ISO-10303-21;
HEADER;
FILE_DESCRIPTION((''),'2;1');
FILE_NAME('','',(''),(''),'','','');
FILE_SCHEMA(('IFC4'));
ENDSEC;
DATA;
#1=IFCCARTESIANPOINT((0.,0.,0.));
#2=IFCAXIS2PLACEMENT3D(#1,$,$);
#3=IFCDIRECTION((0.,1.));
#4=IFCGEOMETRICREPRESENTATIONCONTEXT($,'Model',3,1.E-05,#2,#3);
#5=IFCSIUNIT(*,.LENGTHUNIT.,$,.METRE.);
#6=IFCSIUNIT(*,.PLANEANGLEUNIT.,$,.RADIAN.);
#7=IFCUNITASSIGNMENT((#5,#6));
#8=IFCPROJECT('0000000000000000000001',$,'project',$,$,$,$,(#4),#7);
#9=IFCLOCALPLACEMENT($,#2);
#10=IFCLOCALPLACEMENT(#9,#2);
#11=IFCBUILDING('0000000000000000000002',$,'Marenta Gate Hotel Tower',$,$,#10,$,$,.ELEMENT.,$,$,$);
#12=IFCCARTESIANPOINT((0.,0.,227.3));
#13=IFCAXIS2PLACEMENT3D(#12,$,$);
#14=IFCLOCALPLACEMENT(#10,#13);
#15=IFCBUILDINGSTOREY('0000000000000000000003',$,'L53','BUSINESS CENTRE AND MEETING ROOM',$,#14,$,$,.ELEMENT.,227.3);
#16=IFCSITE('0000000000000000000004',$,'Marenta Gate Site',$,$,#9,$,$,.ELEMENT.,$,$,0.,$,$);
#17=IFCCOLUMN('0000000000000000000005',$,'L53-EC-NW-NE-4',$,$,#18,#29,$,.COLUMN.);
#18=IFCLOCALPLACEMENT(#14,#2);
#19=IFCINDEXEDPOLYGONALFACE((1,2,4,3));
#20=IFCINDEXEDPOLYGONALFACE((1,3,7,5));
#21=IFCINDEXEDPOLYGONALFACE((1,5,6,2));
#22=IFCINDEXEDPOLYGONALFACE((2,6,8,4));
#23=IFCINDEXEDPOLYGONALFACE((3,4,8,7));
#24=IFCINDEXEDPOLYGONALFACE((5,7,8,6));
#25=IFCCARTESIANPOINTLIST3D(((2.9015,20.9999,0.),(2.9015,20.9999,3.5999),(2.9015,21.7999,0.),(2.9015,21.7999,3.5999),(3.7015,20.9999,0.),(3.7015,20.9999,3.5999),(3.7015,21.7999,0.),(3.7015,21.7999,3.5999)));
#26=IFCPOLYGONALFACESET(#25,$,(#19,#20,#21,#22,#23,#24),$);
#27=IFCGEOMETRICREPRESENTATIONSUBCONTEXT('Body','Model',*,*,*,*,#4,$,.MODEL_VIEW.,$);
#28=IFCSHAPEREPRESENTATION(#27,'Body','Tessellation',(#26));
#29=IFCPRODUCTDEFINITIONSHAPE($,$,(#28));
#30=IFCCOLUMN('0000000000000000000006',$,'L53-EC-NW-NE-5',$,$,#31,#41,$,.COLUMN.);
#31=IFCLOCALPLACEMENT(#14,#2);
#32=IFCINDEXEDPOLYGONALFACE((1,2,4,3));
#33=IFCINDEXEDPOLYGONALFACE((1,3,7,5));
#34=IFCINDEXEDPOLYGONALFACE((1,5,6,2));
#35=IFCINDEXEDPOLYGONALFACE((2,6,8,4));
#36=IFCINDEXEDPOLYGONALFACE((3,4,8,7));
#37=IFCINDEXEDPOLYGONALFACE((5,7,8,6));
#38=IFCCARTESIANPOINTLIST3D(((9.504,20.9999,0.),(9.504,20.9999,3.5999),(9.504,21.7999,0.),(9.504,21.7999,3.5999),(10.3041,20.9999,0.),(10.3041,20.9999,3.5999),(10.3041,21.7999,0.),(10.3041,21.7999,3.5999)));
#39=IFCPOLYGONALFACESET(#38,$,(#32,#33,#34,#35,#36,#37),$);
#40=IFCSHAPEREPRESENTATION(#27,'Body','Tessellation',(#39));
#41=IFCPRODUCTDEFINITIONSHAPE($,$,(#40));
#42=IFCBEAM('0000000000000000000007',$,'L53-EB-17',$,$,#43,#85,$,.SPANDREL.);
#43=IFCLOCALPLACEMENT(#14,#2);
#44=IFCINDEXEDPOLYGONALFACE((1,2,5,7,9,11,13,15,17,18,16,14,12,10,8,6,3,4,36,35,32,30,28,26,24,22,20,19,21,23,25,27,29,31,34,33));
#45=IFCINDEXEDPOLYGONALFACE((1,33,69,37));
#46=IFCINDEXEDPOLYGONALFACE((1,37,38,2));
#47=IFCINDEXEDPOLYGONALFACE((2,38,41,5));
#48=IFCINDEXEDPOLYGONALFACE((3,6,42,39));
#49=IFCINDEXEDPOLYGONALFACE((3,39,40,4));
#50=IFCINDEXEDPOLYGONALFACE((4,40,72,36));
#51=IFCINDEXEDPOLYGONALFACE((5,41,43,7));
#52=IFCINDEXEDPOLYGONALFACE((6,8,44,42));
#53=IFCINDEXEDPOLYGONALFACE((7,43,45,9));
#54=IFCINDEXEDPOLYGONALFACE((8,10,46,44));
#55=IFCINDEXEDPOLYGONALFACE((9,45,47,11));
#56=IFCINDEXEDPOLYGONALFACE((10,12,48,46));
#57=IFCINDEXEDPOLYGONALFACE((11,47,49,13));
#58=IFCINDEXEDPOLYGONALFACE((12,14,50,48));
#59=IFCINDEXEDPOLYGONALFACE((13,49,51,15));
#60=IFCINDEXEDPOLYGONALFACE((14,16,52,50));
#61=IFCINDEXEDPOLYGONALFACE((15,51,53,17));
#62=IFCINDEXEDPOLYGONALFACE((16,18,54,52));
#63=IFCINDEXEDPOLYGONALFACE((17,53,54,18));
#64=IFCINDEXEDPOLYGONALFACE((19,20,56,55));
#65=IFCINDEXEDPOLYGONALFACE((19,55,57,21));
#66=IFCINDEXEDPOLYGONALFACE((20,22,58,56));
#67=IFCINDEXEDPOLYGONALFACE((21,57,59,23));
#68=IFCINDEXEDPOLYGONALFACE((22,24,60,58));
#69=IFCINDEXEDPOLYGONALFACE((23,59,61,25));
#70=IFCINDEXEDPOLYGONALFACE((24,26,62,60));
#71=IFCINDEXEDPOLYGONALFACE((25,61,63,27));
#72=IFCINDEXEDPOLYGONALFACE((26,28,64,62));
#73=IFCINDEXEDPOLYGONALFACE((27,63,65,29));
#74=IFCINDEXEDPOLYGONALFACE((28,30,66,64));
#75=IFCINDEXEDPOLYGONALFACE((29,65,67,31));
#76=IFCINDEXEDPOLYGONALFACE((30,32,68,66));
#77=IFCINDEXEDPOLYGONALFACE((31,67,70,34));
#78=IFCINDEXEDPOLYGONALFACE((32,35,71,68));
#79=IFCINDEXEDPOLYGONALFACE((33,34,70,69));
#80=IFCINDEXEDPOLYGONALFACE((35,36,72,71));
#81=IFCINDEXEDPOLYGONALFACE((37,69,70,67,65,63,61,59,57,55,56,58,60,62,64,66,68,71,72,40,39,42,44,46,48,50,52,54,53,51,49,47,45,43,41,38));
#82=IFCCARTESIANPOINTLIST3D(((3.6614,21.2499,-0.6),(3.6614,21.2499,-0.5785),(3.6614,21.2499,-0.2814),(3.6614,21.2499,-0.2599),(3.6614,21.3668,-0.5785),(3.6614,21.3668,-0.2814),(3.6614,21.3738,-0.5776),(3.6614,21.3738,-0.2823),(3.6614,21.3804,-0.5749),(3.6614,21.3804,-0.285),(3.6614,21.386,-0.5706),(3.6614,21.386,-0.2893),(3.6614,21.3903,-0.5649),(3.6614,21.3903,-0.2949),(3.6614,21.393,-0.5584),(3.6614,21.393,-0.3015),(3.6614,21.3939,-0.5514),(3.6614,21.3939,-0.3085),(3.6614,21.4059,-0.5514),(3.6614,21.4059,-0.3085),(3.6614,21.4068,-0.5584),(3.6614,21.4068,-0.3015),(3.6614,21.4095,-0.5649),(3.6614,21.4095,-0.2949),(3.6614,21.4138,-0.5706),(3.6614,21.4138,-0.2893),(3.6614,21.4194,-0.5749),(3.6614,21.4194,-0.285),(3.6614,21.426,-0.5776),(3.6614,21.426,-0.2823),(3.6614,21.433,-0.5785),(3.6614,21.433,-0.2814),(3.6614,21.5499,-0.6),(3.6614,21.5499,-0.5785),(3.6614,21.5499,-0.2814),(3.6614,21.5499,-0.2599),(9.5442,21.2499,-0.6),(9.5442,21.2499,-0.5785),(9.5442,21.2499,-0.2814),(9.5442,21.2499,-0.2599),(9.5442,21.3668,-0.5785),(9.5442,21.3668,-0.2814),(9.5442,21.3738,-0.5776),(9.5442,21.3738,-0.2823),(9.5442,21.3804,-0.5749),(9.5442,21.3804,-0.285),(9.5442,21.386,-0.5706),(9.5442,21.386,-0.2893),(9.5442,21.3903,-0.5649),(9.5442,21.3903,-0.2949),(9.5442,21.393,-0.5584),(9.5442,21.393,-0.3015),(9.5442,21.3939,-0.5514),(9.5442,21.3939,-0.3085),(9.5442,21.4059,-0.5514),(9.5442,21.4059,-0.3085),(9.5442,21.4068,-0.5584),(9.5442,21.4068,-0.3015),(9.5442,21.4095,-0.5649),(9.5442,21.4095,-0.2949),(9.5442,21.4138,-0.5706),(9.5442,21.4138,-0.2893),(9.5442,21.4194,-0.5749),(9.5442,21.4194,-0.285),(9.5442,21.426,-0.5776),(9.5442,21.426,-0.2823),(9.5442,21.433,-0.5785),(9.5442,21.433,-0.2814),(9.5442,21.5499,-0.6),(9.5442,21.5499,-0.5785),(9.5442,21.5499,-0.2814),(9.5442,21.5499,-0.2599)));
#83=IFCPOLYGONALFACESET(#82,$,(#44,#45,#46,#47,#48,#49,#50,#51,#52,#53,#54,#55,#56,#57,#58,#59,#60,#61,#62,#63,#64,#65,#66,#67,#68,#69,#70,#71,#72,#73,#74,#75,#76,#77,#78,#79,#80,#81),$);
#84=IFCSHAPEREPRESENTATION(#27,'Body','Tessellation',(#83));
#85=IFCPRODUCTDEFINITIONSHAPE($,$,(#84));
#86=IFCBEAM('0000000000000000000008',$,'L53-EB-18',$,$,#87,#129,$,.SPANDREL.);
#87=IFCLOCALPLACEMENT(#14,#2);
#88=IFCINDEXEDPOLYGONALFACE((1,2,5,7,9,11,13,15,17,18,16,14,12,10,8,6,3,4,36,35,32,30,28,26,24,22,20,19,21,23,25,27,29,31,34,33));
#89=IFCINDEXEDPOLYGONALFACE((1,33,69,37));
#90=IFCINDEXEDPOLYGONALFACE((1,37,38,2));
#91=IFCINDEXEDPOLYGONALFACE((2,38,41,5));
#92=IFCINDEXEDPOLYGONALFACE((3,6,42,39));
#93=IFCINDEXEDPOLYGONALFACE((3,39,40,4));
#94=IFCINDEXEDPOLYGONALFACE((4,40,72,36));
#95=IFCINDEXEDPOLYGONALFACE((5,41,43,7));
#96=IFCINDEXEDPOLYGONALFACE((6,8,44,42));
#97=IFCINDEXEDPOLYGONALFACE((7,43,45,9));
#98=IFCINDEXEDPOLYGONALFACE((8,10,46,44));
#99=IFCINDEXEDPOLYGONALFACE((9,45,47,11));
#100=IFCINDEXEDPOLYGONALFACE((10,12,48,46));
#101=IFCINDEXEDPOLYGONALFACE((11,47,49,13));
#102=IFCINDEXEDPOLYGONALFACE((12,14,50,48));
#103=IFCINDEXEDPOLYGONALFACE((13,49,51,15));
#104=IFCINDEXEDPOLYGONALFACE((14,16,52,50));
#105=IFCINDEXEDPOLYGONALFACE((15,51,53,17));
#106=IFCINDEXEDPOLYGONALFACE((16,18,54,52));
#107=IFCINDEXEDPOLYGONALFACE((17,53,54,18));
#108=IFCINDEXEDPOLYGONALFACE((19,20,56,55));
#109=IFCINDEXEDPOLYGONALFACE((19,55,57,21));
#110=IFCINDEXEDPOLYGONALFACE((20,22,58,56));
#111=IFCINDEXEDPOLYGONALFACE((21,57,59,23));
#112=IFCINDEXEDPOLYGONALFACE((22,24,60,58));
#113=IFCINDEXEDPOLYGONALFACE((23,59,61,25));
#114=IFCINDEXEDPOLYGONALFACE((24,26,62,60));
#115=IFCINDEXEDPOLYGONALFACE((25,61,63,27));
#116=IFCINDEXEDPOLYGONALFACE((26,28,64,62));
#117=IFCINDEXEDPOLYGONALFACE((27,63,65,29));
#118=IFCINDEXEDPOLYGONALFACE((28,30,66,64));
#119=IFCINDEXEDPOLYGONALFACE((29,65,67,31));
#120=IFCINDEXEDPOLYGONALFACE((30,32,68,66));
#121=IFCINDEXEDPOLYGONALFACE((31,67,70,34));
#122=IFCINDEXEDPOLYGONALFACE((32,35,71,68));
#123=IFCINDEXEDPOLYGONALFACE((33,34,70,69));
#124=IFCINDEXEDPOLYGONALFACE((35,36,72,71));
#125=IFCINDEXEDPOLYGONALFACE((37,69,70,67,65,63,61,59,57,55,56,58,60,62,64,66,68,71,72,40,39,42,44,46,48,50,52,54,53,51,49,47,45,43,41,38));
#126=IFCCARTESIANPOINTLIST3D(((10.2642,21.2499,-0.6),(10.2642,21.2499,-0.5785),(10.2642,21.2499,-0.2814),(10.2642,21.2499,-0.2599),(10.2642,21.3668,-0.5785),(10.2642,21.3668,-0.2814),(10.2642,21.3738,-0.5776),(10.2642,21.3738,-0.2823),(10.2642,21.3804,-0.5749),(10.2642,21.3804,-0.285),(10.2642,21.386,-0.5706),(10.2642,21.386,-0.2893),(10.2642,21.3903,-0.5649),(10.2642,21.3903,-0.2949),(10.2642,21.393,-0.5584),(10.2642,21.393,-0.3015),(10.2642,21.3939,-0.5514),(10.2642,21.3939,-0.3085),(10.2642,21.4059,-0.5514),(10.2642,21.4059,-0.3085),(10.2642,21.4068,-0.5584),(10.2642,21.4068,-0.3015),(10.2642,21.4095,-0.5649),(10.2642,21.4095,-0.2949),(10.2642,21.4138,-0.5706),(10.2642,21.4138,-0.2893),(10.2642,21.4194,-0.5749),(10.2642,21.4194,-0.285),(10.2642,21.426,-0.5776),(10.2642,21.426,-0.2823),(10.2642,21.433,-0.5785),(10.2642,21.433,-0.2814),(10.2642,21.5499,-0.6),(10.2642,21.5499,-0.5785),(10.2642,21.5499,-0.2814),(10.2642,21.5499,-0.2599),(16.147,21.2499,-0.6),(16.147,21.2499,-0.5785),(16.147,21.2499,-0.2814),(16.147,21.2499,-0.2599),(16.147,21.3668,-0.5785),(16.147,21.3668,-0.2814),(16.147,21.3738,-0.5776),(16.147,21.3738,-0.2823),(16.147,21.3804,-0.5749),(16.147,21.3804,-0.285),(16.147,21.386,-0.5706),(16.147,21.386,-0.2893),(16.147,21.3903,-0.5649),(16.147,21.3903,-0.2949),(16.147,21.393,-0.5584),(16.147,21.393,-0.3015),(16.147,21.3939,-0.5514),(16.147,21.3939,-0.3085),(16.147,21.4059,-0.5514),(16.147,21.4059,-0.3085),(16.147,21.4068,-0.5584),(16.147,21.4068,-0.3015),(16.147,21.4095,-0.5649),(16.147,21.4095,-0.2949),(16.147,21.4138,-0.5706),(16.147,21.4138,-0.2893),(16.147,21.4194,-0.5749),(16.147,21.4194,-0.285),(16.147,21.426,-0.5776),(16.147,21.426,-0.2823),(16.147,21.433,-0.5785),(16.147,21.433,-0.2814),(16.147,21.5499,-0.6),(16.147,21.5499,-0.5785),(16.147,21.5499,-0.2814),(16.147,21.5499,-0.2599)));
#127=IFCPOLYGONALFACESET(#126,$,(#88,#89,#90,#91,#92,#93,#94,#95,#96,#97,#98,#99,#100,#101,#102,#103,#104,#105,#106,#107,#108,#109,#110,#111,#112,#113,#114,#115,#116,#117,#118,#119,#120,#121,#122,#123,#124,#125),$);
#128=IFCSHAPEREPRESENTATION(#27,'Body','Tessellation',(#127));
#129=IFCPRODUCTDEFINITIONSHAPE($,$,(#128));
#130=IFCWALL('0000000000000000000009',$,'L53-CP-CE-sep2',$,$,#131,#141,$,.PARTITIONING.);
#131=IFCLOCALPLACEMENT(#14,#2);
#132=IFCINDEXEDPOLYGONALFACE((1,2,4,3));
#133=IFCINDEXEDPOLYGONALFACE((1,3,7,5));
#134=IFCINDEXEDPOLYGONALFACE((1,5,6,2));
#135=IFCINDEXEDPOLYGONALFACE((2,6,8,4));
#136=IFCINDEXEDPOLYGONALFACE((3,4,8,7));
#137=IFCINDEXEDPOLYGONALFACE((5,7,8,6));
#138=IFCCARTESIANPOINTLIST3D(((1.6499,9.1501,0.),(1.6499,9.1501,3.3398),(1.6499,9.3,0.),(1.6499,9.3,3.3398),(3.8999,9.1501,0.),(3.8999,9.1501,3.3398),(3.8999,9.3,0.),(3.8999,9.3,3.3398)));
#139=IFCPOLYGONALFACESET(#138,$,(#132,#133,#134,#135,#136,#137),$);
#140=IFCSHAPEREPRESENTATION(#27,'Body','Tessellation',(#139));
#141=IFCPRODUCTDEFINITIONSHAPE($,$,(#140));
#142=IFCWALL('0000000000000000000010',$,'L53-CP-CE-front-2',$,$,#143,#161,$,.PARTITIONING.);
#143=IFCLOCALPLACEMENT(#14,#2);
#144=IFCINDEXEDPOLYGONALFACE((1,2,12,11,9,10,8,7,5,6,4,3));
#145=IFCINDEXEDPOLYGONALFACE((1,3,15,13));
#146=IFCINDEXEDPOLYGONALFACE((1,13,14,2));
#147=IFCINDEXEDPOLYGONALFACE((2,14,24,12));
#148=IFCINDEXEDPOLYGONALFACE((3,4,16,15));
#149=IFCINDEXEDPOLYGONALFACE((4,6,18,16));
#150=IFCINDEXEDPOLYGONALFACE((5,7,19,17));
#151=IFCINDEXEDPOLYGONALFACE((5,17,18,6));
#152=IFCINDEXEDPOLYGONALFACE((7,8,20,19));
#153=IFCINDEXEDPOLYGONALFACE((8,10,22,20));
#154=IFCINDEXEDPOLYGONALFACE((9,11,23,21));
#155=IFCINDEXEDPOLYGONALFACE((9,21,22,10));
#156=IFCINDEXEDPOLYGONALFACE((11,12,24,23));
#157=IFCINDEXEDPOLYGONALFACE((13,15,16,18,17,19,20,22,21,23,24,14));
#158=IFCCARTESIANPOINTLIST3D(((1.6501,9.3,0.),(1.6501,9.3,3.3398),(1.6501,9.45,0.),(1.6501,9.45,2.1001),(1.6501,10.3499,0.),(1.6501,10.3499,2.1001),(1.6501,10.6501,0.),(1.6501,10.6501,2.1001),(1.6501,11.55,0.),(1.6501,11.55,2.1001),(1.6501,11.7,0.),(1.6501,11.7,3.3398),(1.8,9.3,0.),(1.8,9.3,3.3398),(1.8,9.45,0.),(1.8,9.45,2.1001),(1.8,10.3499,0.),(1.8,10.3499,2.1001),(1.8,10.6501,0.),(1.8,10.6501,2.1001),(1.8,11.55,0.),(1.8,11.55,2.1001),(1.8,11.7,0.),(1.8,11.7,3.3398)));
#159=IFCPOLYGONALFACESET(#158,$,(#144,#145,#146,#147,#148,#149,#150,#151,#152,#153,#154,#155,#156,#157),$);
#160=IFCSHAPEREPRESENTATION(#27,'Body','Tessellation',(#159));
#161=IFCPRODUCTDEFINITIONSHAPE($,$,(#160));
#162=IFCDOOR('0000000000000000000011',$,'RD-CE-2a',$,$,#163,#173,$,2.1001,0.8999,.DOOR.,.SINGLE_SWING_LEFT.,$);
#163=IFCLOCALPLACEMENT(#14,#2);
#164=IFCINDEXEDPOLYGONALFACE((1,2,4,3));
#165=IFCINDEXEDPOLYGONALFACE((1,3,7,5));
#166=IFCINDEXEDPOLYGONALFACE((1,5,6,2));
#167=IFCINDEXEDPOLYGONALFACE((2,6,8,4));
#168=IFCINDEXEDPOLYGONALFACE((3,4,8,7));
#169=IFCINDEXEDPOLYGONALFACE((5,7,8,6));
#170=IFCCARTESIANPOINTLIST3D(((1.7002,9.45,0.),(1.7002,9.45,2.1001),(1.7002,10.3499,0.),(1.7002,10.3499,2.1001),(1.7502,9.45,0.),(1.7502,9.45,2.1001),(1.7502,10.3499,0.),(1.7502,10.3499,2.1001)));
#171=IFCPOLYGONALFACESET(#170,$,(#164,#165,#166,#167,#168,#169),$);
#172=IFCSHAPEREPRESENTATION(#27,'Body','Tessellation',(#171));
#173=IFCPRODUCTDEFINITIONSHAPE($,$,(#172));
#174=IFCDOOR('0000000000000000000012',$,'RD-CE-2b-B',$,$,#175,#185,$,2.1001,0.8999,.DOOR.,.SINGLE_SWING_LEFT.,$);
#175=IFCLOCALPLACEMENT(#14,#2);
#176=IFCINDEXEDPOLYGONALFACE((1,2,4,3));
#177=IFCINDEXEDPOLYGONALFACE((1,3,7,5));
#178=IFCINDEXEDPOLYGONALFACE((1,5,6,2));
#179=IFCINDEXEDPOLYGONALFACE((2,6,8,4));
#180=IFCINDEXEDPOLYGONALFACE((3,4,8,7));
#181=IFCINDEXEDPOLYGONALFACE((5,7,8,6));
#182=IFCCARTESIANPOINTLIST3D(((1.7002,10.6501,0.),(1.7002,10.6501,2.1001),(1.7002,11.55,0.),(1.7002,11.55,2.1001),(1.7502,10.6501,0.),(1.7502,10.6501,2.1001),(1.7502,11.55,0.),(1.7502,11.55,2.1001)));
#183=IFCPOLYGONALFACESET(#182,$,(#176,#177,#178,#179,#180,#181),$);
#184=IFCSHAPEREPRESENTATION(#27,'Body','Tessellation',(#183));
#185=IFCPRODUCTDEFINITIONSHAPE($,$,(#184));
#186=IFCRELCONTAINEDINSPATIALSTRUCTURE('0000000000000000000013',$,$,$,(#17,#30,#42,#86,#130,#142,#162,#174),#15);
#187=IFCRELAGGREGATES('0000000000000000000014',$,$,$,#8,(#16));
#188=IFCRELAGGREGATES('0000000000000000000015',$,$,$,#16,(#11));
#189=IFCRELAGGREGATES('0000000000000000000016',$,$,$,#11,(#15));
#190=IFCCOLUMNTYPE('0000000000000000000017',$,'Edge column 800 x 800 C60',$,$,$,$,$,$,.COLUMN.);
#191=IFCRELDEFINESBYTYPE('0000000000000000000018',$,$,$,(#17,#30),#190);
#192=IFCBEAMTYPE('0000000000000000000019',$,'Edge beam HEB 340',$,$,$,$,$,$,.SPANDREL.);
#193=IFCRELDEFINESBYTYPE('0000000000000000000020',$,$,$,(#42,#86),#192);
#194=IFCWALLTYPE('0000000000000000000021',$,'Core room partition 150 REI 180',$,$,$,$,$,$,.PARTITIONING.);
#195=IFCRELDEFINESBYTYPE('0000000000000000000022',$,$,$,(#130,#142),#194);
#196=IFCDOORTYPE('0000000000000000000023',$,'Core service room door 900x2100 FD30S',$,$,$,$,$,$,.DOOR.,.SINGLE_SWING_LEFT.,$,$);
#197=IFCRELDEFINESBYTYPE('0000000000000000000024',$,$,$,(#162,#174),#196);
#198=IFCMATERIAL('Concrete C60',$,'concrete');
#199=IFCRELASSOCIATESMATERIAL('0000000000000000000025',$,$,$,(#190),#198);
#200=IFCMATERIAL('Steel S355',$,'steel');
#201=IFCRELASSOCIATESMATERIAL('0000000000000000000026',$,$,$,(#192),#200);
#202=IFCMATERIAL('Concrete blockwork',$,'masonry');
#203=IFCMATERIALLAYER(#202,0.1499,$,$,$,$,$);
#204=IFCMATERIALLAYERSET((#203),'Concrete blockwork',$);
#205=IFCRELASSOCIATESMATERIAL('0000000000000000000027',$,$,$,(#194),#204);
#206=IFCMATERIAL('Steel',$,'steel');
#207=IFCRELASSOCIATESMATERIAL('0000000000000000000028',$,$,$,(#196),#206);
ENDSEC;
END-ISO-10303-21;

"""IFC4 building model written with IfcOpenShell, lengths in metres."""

from ifc_helpers import new_model, si_unit, direction, frame, frame_2d, origin, origin_2d, place, context, subcontext, project, spatial, rectangle, i_section, extrude, material, layer, layer_set, material_profile, profile_set, type_object, element, fill, save


model = new_model("IFC4")

# Units and contexts
model_context = context("Model", 3, precision=1e-05, world=origin(), true_north=direction((0.0, 1.0)))
body_context = subcontext(model_context, "Body", "Model", "MODEL_VIEW")
ifc_project = project(units=[si_unit("LENGTHUNIT", "METRE"), si_unit("PLANEANGLEUNIT", "RADIAN")], contexts=[model_context])

# Site, building, storey
site_placement = place(None, origin())
site = spatial("IfcSite", under=ifc_project, at=site_placement, Name="Marenta Gate Site", CompositionType="ELEMENT", RefElevation=0.0)
building_placement = place(site_placement, origin())
building = spatial("IfcBuilding", under=site, at=building_placement, Name="Marenta Gate Hotel Tower", CompositionType="ELEMENT")
storey_placement = place(building_placement, frame((0.0, 0.0, 227.3)))
storey = spatial("IfcBuildingStorey", under=building, at=storey_placement, Name="L53", Description="BUSINESS CENTRE AND MEETING ROOM", CompositionType="ELEMENT", Elevation=227.3)

# Columns
ifc_material_1 = material(Name="Concrete C60", Category="concrete")
ifc_material_profile_1 = material_profile(ifc_material_1, rectangle(XDim=0.8, YDim=0.8, at=origin_2d()), Name="800 x 800")
ifc_profile_set_1 = profile_set([ifc_material_profile_1], Name="Concrete C60")
column_type = type_object("IfcColumnType", Name="Edge column 800 x 800 C60", PredefinedType="COLUMN", material=ifc_profile_set_1)
for number, where, z_axis, x_axis, name in (
    (1, (3.3015, 21.3999, 0.0), (0.0, 0.0, 1.0), (1.0, 0.0, 0.0), "L53-EC-NW-NE-4"),
    (2, (9.9041, 21.3999, 0.0), (0.0, 0.0, 1.0), (1.0, 0.0, 0.0), "L53-EC-NW-NE-5"),
):
    element("IfcColumn", number, at=place(storey_placement, frame(where, z_axis=z_axis, x_axis=x_axis)), inside=storey, type_object=column_type, Name=name, PredefinedType="COLUMN", context=body_context, shape_type="SweptSolid", body=[
        extrude(rectangle(XDim=0.8, YDim=0.8, at=origin_2d()), origin(), (0.0, 0.0, 1.0), 3.5999),
    ])

# Beams
ifc_material_2 = material(Name="Steel S355", Category="steel")
ifc_material_profile_2 = material_profile(ifc_material_2, i_section(OverallWidth=0.3, OverallDepth=0.3401, WebThickness=0.012, FlangeThickness=0.0215, FilletRadius=0.0271, at=origin_2d()), Name="HEB 340")
ifc_profile_set_2 = profile_set([ifc_material_profile_2], Name="Steel S355")
beam_type = type_object("IfcBeamType", Name="Edge beam HEB 340", PredefinedType="SPANDREL", material=ifc_profile_set_2)
for number, where, z_axis, x_axis, name in (
    (3, (3.6614, 21.3999, -0.4299), (1.0, 0.0, 0.0), (0.0, 1.0, 0.0), "L53-EB-17"),
    (4, (10.2642, 21.3999, -0.4299), (1.0, 0.0, 0.0), (0.0, 1.0, 0.0), "L53-EB-18"),
):
    element("IfcBeam", number, at=place(storey_placement, frame(where, z_axis=z_axis, x_axis=x_axis)), inside=storey, type_object=beam_type, Name=name, PredefinedType="SPANDREL", context=body_context, shape_type="SweptSolid", body=[
        extrude(i_section(OverallWidth=0.3, OverallDepth=0.3401, WebThickness=0.012, FlangeThickness=0.0215, FilletRadius=0.0271, at=origin_2d()), origin(), (0.0, 0.0, 1.0), 5.8828),
    ])

# Wall
ifc_material_3 = material(Name="Concrete blockwork", Category="masonry")
ifc_layer_1 = layer(ifc_material_3, 0.1499)
ifc_layer_set_1 = layer_set([ifc_layer_1], Name="Concrete blockwork")
wall_type_1 = type_object("IfcWallType", Name="Core room partition 150 REI 180", PredefinedType="PARTITIONING", material=ifc_layer_set_1)
wall_1_placement = place(storey_placement, frame((1.6499, 9.2251, 0.0), z_axis=(0.0, 0.0, 1.0), x_axis=(1.0, 0.0, 0.0)))
element("IfcWall", 5, at=wall_1_placement, inside=storey, type_object=wall_type_1, Name="L53-CP-CE-sep2", PredefinedType="PARTITIONING", context=body_context, shape_type="SweptSolid", body=[
    extrude(rectangle(XDim=2.25, YDim=0.1499, at=frame_2d((1.125, 0.0))), origin(), (0.0, 0.0, 1.0), 3.3398),
])

# Wall, openings, doors
wall_2_placement = place(storey_placement, frame((1.7251, 9.3, 0.0), z_axis=(0.0, 0.0, 1.0), x_axis=(0.0, 1.0, 0.0)))
wall_2 = element("IfcWall", 6, at=wall_2_placement, inside=storey, type_object=wall_type_1, Name="L53-CP-CE-front-2", PredefinedType="PARTITIONING", context=body_context, shape_type="SweptSolid", body=[
    extrude(rectangle(XDim=2.3999, YDim=0.1499, at=frame_2d((1.2, 0.0))), origin(), (0.0, 0.0, 1.0), 3.3398),
])
opening_1_placement = place(wall_2_placement, frame((0.1499, 0.0, 0.0)))
opening_1 = element("IfcOpeningElement", 7, at=opening_1_placement, cuts=wall_2, PredefinedType="OPENING", context=body_context, shape_type="SweptSolid", body=[
    extrude(rectangle(XDim=0.8999, YDim=2.1001, at=frame_2d((0.45, 1.05))), frame((0.0, 0.075, 0.0), z_axis=(0.0, -1.0, 0.0), x_axis=(1.0, 0.0, 0.0)), (0.0, 0.0, 1.0), 0.1499),
])
opening_2_placement = place(wall_2_placement, frame((1.3501, 0.0, 0.0)))
opening_2 = element("IfcOpeningElement", 8, at=opening_2_placement, cuts=wall_2, PredefinedType="OPENING", context=body_context, shape_type="SweptSolid", body=[
    extrude(rectangle(XDim=0.8999, YDim=2.1001, at=frame_2d((0.45, 1.05))), frame((0.0, 0.075, 0.0), z_axis=(0.0, -1.0, 0.0), x_axis=(1.0, 0.0, 0.0)), (0.0, 0.0, 1.0), 0.1499),
])
ifc_material_4 = material(Name="Steel", Category="steel")
door_type_1 = type_object("IfcDoorType", Name="Core service room door 900x2100 FD30S", OperationType="SINGLE_SWING_LEFT", PredefinedType="DOOR", material=ifc_material_4)
door_1_placement = place(opening_1_placement, origin())
door_1 = element("IfcDoor", 9, at=door_1_placement, inside=storey, type_object=door_type_1, Name="RD-CE-2a", OperationType="SINGLE_SWING_LEFT", OverallHeight=2.1001, OverallWidth=0.8999, PredefinedType="DOOR", context=body_context, shape_type="SweptSolid", body=[
    extrude(rectangle(XDim=0.8999, YDim=2.1001, at=frame_2d((0.45, 1.05))), frame((0.0, 0.0249, 0.0), z_axis=(0.0, -1.0, 0.0), x_axis=(1.0, 0.0, 0.0)), (0.0, 0.0, 1.0), 0.05),
])
fill(opening_1, door_1)
door_2_placement = place(opening_2_placement, origin())
door_2 = element("IfcDoor", 10, at=door_2_placement, inside=storey, type_object=door_type_1, Name="RD-CE-2b-B", OperationType="SINGLE_SWING_LEFT", OverallHeight=2.1001, OverallWidth=0.8999, PredefinedType="DOOR", context=body_context, shape_type="SweptSolid", body=[
    extrude(rectangle(XDim=0.8999, YDim=2.1001, at=frame_2d((0.45, 1.05))), frame((0.0, 0.0249, 0.0), z_axis=(0.0, -1.0, 0.0), x_axis=(1.0, 0.0, 0.0)), (0.0, 0.0, 1.0), 0.05),
])
fill(opening_2, door_2)

save(model, "model.ifc")
